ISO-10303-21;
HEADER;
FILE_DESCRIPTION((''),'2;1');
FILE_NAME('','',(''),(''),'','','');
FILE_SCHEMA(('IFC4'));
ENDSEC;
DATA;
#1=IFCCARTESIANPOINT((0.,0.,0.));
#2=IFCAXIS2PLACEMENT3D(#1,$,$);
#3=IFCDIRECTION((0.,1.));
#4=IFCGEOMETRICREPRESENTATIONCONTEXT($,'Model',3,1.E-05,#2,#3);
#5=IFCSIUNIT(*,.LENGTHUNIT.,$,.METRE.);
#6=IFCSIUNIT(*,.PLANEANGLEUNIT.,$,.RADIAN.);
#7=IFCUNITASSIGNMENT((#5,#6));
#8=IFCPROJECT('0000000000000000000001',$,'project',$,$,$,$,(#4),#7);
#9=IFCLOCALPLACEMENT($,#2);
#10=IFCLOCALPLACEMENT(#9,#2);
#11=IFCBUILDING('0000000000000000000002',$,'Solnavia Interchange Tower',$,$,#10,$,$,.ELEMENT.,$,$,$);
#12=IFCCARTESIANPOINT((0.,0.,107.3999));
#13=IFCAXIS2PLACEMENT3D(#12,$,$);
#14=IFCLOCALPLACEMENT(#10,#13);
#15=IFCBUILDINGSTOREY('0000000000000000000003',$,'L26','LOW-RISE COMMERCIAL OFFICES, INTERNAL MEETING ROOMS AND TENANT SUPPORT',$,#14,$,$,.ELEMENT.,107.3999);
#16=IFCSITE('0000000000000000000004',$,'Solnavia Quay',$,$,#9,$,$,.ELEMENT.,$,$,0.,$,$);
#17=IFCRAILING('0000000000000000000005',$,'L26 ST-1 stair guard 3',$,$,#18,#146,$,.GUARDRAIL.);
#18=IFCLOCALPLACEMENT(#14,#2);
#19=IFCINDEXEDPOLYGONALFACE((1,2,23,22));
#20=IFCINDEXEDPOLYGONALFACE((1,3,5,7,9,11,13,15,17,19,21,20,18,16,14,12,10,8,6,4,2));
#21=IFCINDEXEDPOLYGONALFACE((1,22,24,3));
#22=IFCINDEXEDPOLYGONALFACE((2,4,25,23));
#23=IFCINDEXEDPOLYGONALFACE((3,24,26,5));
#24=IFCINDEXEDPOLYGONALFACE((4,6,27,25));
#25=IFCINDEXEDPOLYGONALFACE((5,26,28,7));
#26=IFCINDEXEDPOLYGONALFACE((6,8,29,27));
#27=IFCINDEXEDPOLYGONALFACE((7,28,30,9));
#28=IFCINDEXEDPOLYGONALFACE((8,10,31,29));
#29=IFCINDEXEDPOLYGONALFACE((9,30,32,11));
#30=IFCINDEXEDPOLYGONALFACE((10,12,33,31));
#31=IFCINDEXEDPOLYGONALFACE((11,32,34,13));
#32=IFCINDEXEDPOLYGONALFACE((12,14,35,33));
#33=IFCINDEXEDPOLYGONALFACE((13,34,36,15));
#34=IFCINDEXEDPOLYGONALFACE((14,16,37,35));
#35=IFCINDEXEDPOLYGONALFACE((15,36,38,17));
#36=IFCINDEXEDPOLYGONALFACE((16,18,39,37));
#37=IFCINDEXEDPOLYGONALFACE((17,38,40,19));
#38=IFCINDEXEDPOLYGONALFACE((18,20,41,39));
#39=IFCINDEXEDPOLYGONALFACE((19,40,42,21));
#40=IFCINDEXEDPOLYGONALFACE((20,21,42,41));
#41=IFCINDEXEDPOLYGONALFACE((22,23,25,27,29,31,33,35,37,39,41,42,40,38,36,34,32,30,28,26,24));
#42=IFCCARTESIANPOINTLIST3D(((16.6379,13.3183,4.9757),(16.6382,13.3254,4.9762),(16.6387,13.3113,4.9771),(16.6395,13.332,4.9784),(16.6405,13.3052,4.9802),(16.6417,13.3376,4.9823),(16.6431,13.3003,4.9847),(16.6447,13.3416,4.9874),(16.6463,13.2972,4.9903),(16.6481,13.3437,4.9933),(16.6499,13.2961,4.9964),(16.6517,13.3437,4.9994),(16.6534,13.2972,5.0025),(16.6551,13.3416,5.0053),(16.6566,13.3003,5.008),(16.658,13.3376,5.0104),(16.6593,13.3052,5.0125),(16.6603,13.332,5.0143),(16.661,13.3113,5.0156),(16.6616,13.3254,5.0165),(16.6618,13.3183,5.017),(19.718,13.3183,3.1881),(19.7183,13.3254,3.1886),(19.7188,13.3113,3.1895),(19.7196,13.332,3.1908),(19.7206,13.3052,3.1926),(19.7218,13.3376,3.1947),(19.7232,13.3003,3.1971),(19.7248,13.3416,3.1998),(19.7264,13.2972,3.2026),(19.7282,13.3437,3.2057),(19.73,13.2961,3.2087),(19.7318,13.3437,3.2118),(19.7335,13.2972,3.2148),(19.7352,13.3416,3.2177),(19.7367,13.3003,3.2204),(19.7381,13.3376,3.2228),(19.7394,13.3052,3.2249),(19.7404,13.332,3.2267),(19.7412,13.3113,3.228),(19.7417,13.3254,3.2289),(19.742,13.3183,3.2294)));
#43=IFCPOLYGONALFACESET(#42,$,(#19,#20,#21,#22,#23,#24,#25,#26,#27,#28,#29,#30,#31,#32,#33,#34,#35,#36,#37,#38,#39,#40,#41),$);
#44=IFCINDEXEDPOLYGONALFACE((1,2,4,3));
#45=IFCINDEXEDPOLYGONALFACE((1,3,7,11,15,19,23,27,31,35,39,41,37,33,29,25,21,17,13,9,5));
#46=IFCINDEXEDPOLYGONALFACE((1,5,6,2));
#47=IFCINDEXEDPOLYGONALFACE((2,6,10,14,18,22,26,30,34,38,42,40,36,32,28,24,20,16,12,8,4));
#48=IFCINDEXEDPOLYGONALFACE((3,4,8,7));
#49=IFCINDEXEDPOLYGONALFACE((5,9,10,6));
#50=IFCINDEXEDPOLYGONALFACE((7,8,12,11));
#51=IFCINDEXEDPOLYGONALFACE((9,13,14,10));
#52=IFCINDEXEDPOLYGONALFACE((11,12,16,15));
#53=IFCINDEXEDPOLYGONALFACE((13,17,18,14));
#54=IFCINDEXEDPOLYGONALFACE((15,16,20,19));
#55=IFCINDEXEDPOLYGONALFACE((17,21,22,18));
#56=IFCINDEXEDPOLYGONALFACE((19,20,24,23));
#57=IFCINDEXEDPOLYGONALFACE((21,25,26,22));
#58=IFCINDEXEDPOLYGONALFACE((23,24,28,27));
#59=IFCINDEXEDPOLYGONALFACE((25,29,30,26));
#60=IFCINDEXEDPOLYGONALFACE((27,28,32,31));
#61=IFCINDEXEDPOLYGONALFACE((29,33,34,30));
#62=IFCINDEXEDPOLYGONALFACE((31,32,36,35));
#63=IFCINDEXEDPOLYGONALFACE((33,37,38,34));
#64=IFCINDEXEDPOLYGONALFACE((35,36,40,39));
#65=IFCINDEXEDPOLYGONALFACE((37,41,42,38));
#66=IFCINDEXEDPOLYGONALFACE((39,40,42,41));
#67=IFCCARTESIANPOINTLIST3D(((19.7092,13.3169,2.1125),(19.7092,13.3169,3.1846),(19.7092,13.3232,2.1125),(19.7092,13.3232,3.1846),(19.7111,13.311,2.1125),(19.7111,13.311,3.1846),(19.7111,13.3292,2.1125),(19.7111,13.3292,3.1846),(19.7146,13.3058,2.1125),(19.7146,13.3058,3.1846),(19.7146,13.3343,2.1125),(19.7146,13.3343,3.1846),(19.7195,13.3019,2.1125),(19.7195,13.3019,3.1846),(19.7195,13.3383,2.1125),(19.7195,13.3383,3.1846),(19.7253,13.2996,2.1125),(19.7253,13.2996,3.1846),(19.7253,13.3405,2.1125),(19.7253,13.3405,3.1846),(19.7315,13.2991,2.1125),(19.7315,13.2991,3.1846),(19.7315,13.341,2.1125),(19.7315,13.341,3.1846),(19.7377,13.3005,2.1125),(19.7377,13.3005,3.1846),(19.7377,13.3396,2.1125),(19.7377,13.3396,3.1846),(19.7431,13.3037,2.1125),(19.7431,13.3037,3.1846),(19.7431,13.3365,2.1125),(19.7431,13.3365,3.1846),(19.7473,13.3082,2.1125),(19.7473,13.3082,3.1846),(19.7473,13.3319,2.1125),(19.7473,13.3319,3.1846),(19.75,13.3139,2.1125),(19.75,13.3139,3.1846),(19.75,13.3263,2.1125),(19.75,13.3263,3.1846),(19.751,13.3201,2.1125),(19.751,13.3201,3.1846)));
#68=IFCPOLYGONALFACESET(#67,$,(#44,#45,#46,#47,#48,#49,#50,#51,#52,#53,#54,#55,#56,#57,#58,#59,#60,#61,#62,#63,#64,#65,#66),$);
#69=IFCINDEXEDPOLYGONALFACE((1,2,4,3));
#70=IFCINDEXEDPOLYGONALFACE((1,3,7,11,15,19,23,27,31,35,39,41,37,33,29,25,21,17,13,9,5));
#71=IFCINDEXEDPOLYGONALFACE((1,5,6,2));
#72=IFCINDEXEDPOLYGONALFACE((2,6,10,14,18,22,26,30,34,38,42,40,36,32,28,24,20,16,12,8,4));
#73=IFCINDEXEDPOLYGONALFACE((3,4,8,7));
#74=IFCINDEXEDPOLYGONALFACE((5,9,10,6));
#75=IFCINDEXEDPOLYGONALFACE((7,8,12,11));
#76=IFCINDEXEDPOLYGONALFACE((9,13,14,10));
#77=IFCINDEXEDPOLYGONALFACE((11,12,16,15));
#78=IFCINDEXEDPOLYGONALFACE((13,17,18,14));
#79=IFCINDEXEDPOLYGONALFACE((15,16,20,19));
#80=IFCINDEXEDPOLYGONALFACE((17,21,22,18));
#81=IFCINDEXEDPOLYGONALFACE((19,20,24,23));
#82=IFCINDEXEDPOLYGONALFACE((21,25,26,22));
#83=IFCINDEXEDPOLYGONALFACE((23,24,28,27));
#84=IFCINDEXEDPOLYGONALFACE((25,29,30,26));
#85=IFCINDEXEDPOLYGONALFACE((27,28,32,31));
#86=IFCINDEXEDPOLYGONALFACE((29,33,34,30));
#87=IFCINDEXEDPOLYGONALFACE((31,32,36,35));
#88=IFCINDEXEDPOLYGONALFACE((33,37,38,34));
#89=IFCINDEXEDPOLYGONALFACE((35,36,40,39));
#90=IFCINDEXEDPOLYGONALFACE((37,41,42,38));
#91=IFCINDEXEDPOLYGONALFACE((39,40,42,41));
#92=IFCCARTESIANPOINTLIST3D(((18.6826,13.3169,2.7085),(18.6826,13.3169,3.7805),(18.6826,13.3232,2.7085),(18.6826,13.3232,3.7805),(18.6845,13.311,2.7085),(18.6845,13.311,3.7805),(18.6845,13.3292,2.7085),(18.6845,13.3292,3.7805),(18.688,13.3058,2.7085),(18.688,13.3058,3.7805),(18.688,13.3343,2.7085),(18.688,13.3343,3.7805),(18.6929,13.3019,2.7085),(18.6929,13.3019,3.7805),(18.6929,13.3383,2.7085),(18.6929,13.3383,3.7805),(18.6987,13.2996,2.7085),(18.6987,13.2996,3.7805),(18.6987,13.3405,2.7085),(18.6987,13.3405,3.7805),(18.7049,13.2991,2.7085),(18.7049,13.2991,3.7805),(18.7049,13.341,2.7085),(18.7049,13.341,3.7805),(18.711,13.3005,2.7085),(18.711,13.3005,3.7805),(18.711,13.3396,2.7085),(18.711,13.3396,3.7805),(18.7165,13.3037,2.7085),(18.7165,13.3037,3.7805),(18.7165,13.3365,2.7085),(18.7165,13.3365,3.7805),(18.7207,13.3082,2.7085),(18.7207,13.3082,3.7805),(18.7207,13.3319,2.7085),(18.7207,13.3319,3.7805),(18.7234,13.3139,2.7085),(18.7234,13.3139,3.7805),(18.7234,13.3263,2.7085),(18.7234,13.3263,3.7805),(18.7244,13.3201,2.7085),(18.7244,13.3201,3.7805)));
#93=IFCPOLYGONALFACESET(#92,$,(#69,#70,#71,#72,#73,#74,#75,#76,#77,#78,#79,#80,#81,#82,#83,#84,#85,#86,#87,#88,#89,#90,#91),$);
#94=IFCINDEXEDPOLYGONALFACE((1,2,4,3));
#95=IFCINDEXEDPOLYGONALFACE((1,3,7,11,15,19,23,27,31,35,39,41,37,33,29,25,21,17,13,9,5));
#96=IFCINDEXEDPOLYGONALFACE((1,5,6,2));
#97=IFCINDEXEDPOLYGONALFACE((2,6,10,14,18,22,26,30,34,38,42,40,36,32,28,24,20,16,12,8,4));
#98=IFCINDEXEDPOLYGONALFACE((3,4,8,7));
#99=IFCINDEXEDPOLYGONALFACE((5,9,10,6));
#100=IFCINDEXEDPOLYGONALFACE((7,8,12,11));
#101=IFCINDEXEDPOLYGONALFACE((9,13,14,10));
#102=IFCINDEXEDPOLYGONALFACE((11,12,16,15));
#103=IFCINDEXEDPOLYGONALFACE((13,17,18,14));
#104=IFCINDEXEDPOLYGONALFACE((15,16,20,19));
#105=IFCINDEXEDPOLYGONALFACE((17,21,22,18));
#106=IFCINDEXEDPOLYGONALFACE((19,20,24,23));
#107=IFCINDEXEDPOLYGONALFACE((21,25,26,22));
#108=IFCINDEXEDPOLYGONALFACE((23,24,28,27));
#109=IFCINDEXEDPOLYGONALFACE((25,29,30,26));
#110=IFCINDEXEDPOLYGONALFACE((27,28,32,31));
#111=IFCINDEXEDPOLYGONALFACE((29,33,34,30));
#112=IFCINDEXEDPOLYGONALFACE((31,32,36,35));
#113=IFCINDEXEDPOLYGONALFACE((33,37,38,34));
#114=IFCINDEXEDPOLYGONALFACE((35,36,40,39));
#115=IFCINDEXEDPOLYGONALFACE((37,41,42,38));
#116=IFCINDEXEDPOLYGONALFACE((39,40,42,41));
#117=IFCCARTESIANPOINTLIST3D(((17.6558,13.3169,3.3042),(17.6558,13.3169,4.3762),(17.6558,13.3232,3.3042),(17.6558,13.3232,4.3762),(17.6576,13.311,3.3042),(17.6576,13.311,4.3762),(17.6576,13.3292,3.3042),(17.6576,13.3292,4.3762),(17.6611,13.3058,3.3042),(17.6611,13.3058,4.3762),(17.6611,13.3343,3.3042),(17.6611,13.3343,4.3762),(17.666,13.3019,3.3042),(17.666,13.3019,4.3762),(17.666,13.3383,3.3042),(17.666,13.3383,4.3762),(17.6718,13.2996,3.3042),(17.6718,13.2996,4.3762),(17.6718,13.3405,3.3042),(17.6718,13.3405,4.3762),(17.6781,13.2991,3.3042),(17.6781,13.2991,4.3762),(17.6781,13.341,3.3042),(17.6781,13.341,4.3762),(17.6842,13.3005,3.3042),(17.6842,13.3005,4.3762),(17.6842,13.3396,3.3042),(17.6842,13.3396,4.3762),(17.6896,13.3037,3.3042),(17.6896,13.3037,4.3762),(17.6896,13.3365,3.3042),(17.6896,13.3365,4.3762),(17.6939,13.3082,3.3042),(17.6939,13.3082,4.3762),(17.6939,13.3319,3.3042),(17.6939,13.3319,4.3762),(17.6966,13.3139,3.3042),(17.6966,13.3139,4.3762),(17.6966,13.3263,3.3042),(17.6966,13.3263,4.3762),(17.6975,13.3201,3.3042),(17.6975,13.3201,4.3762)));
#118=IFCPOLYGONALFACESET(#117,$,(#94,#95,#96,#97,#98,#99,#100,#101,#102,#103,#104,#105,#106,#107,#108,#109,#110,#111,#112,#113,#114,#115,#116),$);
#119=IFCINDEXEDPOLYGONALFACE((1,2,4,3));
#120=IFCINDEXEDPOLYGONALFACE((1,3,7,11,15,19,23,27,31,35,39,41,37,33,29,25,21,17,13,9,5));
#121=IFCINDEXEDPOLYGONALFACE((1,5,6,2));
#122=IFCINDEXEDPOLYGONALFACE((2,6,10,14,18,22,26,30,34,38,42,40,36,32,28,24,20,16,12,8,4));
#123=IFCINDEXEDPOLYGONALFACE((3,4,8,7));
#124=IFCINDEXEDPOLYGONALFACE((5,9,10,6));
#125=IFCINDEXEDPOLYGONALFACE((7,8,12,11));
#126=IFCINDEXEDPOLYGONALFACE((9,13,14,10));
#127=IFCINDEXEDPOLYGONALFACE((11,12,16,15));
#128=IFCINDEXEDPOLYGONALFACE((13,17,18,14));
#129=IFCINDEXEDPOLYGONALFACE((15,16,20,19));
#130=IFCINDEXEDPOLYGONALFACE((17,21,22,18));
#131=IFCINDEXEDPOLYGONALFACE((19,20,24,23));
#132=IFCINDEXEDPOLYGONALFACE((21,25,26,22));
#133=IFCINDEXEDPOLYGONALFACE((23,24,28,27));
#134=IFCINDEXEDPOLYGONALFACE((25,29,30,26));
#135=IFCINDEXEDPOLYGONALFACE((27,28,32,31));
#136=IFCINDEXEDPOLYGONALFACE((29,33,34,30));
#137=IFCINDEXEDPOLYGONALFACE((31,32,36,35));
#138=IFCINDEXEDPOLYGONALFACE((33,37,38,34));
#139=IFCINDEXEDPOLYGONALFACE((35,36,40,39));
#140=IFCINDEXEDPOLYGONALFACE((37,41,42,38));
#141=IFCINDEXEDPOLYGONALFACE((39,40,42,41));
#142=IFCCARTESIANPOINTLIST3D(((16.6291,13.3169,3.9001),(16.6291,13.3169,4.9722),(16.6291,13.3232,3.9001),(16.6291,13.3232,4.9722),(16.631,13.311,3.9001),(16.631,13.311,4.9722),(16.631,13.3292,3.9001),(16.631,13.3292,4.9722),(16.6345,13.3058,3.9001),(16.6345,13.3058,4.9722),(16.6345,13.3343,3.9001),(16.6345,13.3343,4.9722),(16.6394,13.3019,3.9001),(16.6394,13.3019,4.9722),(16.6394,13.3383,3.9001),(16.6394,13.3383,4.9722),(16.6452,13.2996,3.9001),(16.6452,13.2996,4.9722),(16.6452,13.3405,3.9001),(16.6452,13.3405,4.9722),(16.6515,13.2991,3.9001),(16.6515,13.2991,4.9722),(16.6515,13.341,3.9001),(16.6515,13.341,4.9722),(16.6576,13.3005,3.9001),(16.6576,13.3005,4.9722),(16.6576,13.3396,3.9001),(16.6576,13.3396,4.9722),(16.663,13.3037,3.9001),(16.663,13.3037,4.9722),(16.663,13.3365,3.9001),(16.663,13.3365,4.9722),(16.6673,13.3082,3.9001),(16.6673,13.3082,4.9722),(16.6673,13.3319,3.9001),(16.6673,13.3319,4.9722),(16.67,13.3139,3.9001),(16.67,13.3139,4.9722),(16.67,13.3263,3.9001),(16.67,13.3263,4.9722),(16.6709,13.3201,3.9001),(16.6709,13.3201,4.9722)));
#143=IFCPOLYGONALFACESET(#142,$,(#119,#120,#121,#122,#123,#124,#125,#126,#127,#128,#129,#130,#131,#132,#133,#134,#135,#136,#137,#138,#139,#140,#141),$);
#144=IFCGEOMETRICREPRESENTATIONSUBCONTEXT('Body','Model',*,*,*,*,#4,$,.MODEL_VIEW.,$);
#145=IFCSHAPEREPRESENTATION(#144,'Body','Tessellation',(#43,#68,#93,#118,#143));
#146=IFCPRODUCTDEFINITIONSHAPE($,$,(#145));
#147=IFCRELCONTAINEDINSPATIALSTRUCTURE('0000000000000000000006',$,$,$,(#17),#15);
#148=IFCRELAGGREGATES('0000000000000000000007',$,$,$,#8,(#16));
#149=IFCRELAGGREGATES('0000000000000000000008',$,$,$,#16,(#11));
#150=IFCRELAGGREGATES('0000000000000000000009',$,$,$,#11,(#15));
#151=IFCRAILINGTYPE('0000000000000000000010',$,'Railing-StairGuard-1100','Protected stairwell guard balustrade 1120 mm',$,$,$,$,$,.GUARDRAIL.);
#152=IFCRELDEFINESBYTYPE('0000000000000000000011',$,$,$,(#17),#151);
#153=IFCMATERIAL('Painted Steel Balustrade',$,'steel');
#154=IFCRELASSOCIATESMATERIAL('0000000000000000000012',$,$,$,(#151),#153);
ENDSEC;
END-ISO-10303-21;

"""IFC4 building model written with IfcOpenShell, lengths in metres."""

from ifc_helpers import new_model, si_unit, direction, frame, origin, origin_2d, place, context, subcontext, project, spatial, circle, extrude, material, type_object, element, save


model = new_model("IFC4")

# Units and contexts
model_context = context("Model", 3, precision=1e-05, world=origin(), true_north=direction((0.0, 1.0)))
body_context = subcontext(model_context, "Body", "Model", "MODEL_VIEW")
ifc_project = project(units=[si_unit("LENGTHUNIT", "METRE"), si_unit("PLANEANGLEUNIT", "RADIAN")], contexts=[model_context])

# Site, building, storey
site_placement = place(None, origin())
site = spatial("IfcSite", under=ifc_project, at=site_placement, Name="Solnavia Quay", CompositionType="ELEMENT", RefElevation=0.0)
building_placement = place(site_placement, origin())
building = spatial("IfcBuilding", under=site, at=building_placement, Name="Solnavia Interchange Tower", CompositionType="ELEMENT")
storey_placement = place(building_placement, frame((0.0, 0.0, 107.3999)))
storey = spatial("IfcBuildingStorey", under=building, at=storey_placement, Name="L26", Description="LOW-RISE COMMERCIAL OFFICES, INTERNAL MEETING ROOMS AND TENANT SUPPORT", CompositionType="ELEMENT", Elevation=107.3999)

# Railing
ifc_material_1 = material(Name="Painted Steel Balustrade", Category="steel")
railing_type_1 = type_object("IfcRailingType", Name="Railing-StairGuard-1100", Description="Protected stairwell guard balustrade 1120 mm", PredefinedType="GUARDRAIL", material=ifc_material_1)
railing_1_placement = place(storey_placement, frame((19.73, 13.3201, 2.1125)))
element("IfcRailing", 1, at=railing_1_placement, inside=storey, type_object=railing_type_1, Name="L26 ST-1 stair guard 3", PredefinedType="GUARDRAIL", context=body_context, shape_type="SweptSolid", body=[
    extrude(circle(Radius=0.0239, at=origin_2d()), frame((0.0, 0.0, 1.0962), z_axis=(-0.864891, 0.0, 0.50196), x_axis=(0.0, -1.0, 0.0)), (0.0, 0.0, 1.0), 3.5613),
    extrude(circle(Radius=0.021, at=origin_2d()), origin(), (0.0, 0.0, 1.0), 1.072),
    extrude(circle(Radius=0.021, at=origin_2d()), frame((-1.0266, 0.0, 0.5959)), (0.0, 0.0, 1.0), 1.072),
    extrude(circle(Radius=0.021, at=origin_2d()), frame((-2.0535, 0.0, 1.1917)), (0.0, 0.0, 1.0), 1.072),
    extrude(circle(Radius=0.021, at=origin_2d()), frame((-3.0801, 0.0, 1.7876)), (0.0, 0.0, 1.0), 1.072),
])

save(model, "model.ifc")
